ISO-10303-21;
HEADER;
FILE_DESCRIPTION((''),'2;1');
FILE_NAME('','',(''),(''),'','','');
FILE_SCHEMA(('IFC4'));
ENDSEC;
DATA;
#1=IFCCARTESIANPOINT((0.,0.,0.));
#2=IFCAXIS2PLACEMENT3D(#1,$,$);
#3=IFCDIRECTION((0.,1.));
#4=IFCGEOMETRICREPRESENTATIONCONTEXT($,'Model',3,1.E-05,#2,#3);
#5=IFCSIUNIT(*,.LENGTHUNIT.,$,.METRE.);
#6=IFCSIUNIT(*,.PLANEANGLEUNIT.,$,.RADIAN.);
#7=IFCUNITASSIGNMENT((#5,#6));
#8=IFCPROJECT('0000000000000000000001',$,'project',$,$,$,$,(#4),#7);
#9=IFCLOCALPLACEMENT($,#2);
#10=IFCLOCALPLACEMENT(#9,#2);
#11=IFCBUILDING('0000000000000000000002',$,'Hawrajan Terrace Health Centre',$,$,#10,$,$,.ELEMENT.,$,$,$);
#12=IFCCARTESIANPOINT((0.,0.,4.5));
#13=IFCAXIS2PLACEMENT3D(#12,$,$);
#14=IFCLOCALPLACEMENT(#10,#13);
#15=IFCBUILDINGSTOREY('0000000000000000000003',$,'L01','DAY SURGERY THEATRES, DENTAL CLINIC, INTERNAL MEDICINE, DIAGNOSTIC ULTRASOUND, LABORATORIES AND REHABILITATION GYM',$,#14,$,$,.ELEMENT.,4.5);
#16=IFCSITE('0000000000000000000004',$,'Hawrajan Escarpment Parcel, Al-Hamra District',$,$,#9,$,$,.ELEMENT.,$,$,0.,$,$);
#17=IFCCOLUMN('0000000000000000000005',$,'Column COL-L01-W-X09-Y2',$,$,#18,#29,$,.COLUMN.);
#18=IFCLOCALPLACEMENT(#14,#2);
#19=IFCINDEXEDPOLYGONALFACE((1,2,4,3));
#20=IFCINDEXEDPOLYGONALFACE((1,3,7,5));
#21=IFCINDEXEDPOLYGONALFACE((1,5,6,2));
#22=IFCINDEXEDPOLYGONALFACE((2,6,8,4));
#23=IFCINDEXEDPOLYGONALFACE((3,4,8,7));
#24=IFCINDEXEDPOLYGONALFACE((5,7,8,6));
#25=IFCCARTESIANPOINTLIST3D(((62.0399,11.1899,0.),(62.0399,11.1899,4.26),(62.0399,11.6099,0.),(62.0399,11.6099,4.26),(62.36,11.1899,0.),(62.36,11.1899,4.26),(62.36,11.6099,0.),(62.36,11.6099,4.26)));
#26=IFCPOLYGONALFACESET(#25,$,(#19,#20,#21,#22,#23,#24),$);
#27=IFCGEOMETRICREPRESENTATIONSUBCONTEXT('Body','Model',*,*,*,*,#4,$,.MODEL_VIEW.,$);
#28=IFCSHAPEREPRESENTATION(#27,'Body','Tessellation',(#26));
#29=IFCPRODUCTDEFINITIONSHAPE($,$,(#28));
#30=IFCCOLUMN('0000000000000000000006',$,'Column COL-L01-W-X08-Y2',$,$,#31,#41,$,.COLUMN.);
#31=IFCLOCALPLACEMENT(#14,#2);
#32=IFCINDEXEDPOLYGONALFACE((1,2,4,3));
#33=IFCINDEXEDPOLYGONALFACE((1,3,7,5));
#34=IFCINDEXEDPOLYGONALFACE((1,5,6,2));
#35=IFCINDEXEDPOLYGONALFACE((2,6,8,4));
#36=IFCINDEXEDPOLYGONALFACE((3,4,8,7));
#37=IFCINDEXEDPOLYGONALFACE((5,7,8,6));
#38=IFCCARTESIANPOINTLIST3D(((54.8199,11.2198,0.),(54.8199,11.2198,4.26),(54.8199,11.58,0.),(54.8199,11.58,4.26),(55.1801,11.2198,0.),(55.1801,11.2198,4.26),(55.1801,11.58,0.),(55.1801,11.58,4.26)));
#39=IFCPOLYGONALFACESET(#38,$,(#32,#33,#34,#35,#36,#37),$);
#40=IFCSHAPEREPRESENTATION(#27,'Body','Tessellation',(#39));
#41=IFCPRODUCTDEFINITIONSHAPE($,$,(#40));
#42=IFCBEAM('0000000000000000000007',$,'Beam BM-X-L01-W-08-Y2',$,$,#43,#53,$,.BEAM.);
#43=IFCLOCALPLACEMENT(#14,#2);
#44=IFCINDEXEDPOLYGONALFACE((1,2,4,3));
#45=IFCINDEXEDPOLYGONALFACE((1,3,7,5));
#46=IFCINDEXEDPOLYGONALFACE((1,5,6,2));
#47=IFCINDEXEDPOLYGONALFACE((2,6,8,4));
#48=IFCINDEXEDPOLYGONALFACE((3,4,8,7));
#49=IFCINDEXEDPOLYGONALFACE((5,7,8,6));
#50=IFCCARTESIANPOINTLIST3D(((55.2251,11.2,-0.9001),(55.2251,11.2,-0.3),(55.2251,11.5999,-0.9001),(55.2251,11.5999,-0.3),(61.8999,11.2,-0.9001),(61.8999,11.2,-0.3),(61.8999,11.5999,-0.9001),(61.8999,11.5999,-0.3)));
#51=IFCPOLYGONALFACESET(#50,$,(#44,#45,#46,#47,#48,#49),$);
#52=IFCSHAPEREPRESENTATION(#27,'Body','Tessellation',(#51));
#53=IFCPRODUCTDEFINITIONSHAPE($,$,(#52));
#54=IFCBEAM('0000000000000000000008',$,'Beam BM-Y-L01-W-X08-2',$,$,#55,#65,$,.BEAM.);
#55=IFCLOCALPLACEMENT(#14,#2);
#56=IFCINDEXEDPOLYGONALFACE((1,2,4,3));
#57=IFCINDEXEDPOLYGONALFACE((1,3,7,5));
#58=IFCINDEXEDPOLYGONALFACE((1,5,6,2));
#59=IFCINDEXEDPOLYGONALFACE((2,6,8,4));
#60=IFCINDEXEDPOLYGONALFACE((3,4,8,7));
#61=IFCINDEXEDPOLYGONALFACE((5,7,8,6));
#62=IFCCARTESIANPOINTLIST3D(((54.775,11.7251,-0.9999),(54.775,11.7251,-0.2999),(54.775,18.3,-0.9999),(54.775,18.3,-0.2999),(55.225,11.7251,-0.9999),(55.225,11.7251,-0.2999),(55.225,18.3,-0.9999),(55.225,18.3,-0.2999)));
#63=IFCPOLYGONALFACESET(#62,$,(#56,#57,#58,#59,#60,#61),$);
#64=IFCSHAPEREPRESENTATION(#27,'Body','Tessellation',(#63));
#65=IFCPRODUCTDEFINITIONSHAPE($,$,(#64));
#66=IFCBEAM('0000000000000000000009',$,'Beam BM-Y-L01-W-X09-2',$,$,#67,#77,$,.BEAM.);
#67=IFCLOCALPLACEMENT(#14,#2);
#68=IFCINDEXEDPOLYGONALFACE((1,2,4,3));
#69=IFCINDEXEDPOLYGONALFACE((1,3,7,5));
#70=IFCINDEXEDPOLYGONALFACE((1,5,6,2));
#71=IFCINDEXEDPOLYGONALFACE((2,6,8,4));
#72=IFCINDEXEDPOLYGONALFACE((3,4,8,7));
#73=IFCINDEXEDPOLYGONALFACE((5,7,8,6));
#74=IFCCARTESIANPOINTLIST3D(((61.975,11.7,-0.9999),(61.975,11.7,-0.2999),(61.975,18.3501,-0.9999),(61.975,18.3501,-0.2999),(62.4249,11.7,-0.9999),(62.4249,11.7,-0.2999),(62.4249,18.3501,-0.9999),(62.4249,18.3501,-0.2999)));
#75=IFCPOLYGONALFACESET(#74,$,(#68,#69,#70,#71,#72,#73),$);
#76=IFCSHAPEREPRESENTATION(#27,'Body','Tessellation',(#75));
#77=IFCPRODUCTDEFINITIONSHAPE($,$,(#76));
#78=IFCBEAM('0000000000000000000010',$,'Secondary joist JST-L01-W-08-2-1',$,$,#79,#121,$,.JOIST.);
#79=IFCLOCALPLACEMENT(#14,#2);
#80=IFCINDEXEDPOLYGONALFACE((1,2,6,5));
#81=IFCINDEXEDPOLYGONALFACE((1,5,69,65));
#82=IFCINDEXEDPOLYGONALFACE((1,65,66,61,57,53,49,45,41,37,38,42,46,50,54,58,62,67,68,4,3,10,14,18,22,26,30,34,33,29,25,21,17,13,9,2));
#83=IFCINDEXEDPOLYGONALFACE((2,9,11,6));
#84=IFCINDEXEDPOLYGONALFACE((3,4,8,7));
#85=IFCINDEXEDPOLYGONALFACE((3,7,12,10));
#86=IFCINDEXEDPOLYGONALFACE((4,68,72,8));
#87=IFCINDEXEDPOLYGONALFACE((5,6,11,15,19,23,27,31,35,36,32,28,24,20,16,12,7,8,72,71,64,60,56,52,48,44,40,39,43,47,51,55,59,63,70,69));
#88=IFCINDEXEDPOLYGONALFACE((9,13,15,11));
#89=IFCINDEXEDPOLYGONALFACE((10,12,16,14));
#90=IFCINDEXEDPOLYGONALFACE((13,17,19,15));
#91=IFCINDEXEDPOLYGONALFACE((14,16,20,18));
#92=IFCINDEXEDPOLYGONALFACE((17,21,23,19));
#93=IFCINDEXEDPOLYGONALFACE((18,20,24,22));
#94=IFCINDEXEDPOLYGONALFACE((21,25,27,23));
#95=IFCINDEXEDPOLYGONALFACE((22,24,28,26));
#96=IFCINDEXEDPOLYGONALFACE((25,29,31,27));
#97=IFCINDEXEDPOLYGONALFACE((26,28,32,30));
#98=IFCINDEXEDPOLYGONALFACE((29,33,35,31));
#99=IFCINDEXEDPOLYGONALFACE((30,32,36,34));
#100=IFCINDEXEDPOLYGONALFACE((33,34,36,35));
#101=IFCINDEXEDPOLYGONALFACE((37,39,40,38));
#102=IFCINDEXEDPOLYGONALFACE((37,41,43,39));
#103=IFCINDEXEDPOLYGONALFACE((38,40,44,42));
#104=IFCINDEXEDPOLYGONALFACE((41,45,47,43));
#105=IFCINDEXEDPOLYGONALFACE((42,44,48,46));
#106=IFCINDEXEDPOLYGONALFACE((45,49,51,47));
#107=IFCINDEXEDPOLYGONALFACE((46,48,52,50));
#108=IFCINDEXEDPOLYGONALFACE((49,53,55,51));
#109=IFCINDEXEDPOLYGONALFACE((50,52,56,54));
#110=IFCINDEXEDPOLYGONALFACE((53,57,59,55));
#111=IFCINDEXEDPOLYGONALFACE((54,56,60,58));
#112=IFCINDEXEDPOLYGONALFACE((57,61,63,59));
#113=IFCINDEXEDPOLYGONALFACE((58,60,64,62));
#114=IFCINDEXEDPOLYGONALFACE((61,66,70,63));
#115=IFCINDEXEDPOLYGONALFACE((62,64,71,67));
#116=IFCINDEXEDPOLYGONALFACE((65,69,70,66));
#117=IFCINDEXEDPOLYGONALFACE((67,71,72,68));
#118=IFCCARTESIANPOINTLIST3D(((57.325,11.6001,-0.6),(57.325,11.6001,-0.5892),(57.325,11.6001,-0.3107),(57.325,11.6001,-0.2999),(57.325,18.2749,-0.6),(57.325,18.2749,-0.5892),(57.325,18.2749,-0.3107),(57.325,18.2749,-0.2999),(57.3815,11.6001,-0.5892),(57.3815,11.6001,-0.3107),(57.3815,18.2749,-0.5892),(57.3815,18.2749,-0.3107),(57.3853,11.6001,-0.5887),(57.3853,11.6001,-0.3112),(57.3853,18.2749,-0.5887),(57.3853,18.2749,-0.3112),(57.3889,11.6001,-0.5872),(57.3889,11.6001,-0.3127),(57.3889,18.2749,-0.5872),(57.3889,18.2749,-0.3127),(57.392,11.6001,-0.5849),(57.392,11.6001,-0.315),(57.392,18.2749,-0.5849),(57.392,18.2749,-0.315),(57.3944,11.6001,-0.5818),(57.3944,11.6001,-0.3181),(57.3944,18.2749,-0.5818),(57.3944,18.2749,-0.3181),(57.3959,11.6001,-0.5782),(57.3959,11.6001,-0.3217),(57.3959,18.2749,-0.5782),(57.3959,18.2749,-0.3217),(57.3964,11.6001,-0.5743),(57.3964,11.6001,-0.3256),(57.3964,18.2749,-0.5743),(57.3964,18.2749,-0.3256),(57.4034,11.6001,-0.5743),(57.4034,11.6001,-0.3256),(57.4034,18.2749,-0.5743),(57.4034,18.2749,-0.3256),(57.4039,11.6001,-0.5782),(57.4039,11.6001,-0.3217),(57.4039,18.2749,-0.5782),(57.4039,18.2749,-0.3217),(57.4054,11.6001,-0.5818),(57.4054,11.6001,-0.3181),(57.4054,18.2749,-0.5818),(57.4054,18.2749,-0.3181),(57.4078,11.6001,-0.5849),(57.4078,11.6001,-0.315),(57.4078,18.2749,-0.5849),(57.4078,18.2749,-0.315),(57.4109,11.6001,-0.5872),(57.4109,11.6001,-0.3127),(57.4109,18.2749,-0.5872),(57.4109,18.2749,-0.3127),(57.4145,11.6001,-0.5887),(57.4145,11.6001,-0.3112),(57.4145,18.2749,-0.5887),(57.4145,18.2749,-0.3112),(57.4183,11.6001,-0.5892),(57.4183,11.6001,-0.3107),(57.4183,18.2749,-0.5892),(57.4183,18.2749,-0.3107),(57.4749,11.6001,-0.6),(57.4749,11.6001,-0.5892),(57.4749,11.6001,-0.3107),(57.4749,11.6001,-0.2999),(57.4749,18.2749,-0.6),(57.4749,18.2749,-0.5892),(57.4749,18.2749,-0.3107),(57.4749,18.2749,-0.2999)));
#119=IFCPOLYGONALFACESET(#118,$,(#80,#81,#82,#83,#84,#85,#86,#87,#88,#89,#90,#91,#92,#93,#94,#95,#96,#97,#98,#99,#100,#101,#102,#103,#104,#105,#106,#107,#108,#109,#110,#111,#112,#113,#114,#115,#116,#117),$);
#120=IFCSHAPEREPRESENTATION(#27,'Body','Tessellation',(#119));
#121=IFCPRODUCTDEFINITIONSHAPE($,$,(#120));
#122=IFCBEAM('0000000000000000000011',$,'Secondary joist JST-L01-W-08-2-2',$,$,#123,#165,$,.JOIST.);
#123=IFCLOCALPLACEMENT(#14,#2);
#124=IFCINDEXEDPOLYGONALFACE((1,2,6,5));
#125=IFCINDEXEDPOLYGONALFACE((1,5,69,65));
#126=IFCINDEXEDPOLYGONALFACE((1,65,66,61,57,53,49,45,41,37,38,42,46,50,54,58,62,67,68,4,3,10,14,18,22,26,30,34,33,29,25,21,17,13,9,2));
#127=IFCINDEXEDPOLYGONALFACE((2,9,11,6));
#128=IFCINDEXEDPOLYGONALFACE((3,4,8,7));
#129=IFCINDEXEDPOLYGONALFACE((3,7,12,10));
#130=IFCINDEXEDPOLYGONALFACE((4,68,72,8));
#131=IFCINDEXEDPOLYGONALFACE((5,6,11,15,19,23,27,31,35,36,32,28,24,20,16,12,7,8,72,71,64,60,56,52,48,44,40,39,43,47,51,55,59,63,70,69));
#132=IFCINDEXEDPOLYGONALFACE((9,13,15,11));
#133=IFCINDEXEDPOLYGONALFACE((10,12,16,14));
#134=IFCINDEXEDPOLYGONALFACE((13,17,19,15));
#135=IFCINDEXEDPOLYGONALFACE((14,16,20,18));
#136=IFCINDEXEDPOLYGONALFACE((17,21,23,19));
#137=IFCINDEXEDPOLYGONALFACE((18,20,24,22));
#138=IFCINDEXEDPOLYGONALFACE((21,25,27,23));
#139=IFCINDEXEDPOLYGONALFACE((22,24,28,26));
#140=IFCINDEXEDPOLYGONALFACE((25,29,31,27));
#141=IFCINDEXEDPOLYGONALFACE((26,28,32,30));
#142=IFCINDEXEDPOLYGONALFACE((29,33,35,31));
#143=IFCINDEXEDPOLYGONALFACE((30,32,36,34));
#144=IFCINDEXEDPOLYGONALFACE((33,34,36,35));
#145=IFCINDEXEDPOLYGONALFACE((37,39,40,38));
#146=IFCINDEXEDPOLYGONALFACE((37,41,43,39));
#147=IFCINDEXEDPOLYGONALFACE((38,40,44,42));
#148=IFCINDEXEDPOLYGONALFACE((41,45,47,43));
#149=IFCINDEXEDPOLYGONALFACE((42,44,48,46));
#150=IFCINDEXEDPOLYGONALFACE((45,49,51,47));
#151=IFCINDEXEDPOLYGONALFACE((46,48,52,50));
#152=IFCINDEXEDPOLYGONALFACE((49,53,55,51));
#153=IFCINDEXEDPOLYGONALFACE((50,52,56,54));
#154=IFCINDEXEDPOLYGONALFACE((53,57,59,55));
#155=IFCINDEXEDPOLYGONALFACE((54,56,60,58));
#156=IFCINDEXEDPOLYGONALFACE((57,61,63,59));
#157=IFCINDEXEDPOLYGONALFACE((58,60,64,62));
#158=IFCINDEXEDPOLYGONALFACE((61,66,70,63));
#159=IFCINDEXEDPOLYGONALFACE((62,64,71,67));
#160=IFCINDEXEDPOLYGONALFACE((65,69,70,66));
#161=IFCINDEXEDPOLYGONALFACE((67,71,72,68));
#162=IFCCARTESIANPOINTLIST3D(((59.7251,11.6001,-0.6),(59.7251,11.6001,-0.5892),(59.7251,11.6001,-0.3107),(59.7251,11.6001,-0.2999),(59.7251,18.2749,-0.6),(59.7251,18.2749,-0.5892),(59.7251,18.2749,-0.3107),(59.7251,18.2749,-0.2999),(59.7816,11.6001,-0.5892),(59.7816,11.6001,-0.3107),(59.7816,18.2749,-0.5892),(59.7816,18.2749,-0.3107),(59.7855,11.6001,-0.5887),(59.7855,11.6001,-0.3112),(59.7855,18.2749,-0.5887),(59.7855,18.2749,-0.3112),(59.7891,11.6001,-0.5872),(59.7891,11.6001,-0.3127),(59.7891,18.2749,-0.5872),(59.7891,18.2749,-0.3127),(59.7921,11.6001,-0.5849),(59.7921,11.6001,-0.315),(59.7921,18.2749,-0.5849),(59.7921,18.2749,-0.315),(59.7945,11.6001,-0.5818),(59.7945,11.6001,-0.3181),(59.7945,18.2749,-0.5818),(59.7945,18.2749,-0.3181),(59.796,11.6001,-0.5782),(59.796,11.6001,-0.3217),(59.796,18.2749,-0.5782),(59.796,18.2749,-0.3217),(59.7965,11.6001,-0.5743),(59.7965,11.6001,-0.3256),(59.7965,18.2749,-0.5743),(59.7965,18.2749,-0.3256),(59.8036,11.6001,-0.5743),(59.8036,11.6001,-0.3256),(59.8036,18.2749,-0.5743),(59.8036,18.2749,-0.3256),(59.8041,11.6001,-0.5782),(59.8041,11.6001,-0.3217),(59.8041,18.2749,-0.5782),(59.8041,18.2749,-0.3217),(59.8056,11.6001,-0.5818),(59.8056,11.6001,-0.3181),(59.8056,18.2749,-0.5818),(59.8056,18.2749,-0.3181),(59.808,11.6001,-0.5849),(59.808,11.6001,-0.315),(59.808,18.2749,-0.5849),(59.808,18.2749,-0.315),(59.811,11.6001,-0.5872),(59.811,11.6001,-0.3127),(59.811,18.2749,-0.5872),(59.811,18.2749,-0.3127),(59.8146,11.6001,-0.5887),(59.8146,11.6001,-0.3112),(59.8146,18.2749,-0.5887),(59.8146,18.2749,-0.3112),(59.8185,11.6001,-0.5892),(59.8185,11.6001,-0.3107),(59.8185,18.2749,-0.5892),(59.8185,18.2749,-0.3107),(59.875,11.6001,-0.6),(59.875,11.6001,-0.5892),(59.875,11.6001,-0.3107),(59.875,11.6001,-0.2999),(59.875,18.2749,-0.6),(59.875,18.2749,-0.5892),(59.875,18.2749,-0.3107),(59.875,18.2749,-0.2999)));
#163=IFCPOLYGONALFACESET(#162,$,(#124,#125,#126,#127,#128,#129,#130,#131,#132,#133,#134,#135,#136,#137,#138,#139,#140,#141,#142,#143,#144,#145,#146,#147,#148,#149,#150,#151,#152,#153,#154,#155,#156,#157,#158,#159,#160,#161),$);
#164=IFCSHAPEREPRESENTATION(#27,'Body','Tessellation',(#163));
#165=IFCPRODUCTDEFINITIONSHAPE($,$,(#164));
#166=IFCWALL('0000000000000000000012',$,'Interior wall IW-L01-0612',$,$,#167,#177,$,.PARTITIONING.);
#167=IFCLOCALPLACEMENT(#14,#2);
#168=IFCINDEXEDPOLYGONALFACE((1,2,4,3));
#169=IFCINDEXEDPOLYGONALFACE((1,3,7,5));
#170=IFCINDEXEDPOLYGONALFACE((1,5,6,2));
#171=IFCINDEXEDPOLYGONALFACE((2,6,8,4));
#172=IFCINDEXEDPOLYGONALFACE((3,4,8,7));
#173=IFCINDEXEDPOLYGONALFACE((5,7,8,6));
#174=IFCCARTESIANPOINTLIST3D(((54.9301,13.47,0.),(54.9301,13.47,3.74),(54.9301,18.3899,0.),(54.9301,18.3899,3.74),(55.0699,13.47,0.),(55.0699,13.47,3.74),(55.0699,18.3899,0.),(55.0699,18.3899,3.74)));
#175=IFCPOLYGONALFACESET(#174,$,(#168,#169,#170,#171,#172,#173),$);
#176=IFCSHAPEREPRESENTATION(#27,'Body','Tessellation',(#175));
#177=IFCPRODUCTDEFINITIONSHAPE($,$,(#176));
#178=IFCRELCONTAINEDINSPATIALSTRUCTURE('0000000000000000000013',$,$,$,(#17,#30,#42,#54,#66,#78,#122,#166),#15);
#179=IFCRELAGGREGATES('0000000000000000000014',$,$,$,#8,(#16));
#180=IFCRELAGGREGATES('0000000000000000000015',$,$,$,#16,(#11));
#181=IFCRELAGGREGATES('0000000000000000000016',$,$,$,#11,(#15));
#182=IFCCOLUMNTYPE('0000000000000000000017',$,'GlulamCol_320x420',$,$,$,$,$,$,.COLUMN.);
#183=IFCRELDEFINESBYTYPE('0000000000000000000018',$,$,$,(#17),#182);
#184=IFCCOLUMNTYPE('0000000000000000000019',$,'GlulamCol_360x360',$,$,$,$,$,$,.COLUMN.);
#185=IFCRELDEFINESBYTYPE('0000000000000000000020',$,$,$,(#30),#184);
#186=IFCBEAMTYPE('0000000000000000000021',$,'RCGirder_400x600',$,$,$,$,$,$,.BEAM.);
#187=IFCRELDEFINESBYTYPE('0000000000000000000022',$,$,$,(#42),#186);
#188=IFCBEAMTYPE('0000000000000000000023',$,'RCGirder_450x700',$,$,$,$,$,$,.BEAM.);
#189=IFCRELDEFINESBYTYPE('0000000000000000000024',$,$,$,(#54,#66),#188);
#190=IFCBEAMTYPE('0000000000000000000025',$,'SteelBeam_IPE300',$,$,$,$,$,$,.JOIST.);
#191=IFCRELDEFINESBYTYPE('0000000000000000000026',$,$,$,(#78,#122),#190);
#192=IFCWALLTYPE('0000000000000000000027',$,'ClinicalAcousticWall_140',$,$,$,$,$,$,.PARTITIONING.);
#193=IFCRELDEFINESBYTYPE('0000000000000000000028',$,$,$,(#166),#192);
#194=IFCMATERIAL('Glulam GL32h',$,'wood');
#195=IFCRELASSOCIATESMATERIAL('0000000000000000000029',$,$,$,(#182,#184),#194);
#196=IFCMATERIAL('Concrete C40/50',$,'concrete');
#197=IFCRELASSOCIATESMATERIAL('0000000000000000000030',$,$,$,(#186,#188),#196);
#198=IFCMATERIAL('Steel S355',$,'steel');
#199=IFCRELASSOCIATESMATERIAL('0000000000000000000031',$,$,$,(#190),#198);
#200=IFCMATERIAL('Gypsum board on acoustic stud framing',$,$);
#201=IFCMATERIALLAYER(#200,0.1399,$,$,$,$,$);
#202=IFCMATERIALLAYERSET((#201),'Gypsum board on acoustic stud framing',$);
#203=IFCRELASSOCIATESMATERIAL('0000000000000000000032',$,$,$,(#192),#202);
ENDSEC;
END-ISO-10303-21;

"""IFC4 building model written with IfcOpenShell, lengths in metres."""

from ifc_helpers import new_model, si_unit, direction, frame, frame_2d, origin, origin_2d, place, context, subcontext, project, spatial, rectangle, i_section, extrude, material, layer, layer_set, material_profile, profile_set, type_object, element, save


model = new_model("IFC4")

# Units and contexts
model_context = context("Model", 3, precision=1e-05, world=origin(), true_north=direction((0.0, 1.0)))
body_context = subcontext(model_context, "Body", "Model", "MODEL_VIEW")
ifc_project = project(units=[si_unit("LENGTHUNIT", "METRE"), si_unit("PLANEANGLEUNIT", "RADIAN")], contexts=[model_context])

# Site, building, storey
site_placement = place(None, origin())
site = spatial("IfcSite", under=ifc_project, at=site_placement, Name="Hawrajan Escarpment Parcel, Al-Hamra District", CompositionType="ELEMENT", RefElevation=0.0)
building_placement = place(site_placement, origin())
building = spatial("IfcBuilding", under=site, at=building_placement, Name="Hawrajan Terrace Health Centre", CompositionType="ELEMENT")
storey_placement = place(building_placement, frame((0.0, 0.0, 4.5)))
storey = spatial("IfcBuildingStorey", under=building, at=storey_placement, Name="L01", Description="DAY SURGERY THEATRES, DENTAL CLINIC, INTERNAL MEDICINE, DIAGNOSTIC ULTRASOUND, LABORATORIES AND REHABILITATION GYM", CompositionType="ELEMENT", Elevation=4.5)

# Columns
ifc_material_1 = material(Name="Glulam GL32h", Category="wood")
ifc_material_profile_1 = material_profile(ifc_material_1, rectangle(XDim=0.3201, YDim=0.4199, at=origin_2d()), Name="GL 320x420")
ifc_profile_set_1 = profile_set([ifc_material_profile_1], Name="Glulam GL32h")
column_type_1 = type_object("IfcColumnType", Name="GlulamCol_320x420", PredefinedType="COLUMN", material=ifc_profile_set_1)
column_1_placement = place(storey_placement, frame((62.2, 11.3999, 0.0), z_axis=(0.0, 0.0, 1.0), x_axis=(1.0, 0.0, 0.0)))
element("IfcColumn", 1, at=column_1_placement, inside=storey, type_object=column_type_1, Name="Column COL-L01-W-X09-Y2", PredefinedType="COLUMN", context=body_context, shape_type="SweptSolid", body=[
    extrude(rectangle(XDim=0.3201, YDim=0.4199, at=origin_2d()), origin(), (0.0, 0.0, 1.0), 4.26),
])
ifc_material_profile_2 = material_profile(ifc_material_1, rectangle(XDim=0.3601, YDim=0.3601, at=origin_2d()), Name="GL 360x360")
ifc_profile_set_2 = profile_set([ifc_material_profile_2], Name="Glulam GL32h")
column_type_2 = type_object("IfcColumnType", Name="GlulamCol_360x360", PredefinedType="COLUMN", material=ifc_profile_set_2)
column_2_placement = place(storey_placement, frame((55.0, 11.3999, 0.0), z_axis=(0.0, 0.0, 1.0), x_axis=(1.0, 0.0, 0.0)))
element("IfcColumn", 2, at=column_2_placement, inside=storey, type_object=column_type_2, Name="Column COL-L01-W-X08-Y2", PredefinedType="COLUMN", context=body_context, shape_type="SweptSolid", body=[
    extrude(rectangle(XDim=0.3601, YDim=0.3601, at=origin_2d()), origin(), (0.0, 0.0, 1.0), 4.26),
])

# Beams
ifc_material_2 = material(Name="Concrete C40/50", Category="concrete")
ifc_material_profile_3 = material_profile(ifc_material_2, rectangle(XDim=0.3999, YDim=0.6001, at=origin_2d()), Name="RC BM 400x600")
ifc_profile_set_3 = profile_set([ifc_material_profile_3], Name="Concrete C40/50")
beam_type_1 = type_object("IfcBeamType", Name="RCGirder_400x600", PredefinedType="BEAM", material=ifc_profile_set_3)
beam_1_placement = place(storey_placement, frame((55.2251, 11.3999, -0.6001), z_axis=(1.0, 0.0, 0.0), x_axis=(0.0, 1.0, 0.0)))
element("IfcBeam", 3, at=beam_1_placement, inside=storey, type_object=beam_type_1, Name="Beam BM-X-L01-W-08-Y2", PredefinedType="BEAM", context=body_context, shape_type="SweptSolid", body=[
    extrude(rectangle(XDim=0.3999, YDim=0.6001, at=origin_2d()), origin(), (0.0, 0.0, 1.0), 6.6748),
])
ifc_material_profile_4 = material_profile(ifc_material_2, rectangle(XDim=0.45, YDim=0.7, at=origin_2d()), Name="RC BM 450x700")
ifc_profile_set_4 = profile_set([ifc_material_profile_4], Name="Concrete C40/50")
beam_type_2 = type_object("IfcBeamType", Name="RCGirder_450x700", PredefinedType="BEAM", material=ifc_profile_set_4)
beam_2_placement = place(storey_placement, frame((55.0, 11.7251, -0.6499), z_axis=(0.0, 1.0, 0.0), x_axis=(-1.0, 0.0, 0.0)))
element("IfcBeam", 4, at=beam_2_placement, inside=storey, type_object=beam_type_2, Name="Beam BM-Y-L01-W-X08-2", PredefinedType="BEAM", context=body_context, shape_type="SweptSolid", body=[
    extrude(rectangle(XDim=0.45, YDim=0.7, at=origin_2d()), origin(), (0.0, 0.0, 1.0), 6.575),
])
beam_3_placement = place(storey_placement, frame((62.2, 11.7, -0.6499), z_axis=(0.0, 1.0, 0.0), x_axis=(-1.0, 0.0, 0.0)))
element("IfcBeam", 5, at=beam_3_placement, inside=storey, type_object=beam_type_2, Name="Beam BM-Y-L01-W-X09-2", PredefinedType="BEAM", context=body_context, shape_type="SweptSolid", body=[
    extrude(rectangle(XDim=0.45, YDim=0.7, at=origin_2d()), origin(), (0.0, 0.0, 1.0), 6.6501),
])
ifc_material_3 = material(Name="Steel S355", Category="steel")
ifc_material_profile_5 = material_profile(ifc_material_3, i_section(OverallWidth=0.1499, OverallDepth=0.3, WebThickness=0.0071, FlangeThickness=0.0107, FilletRadius=0.0149, at=origin_2d()), Name="IPE 300")
ifc_profile_set_5 = profile_set([ifc_material_profile_5], Name="Steel S355")
beam_type_3 = type_object("IfcBeamType", Name="SteelBeam_IPE300", PredefinedType="JOIST", material=ifc_profile_set_5)
for number, where, z_axis, x_axis, name in (
    (6, (57.3999, 11.6001, -0.45), (0.0, 1.0, 0.0), (-1.0, 0.0, 0.0), "Secondary joist JST-L01-W-08-2-1"),
    (7, (59.8, 11.6001, -0.45), (0.0, 1.0, 0.0), (-1.0, 0.0, 0.0), "Secondary joist JST-L01-W-08-2-2"),
):
    element("IfcBeam", number, at=place(storey_placement, frame(where, z_axis=z_axis, x_axis=x_axis)), inside=storey, type_object=beam_type_3, Name=name, PredefinedType="JOIST", context=body_context, shape_type="SweptSolid", body=[
        extrude(i_section(OverallWidth=0.1499, OverallDepth=0.3, WebThickness=0.0071, FlangeThickness=0.0107, FilletRadius=0.0149, at=origin_2d()), origin(), (0.0, 0.0, 1.0), 6.6748),
    ])

# Wall
ifc_material_4 = material(Name="Gypsum board on acoustic stud framing")
ifc_layer_1 = layer(ifc_material_4, 0.1399)
ifc_layer_set_1 = layer_set([ifc_layer_1], Name="Gypsum board on acoustic stud framing")
wall_type_1 = type_object("IfcWallType", Name="ClinicalAcousticWall_140", PredefinedType="PARTITIONING", material=ifc_layer_set_1)
wall_1_placement = place(storey_placement, frame((55.0, 13.47, 0.0), z_axis=(0.0, 0.0, 1.0), x_axis=(0.0, 1.0, 0.0)))
element("IfcWall", 8, at=wall_1_placement, inside=storey, type_object=wall_type_1, Name="Interior wall IW-L01-0612", PredefinedType="PARTITIONING", context=body_context, shape_type="SweptSolid", body=[
    extrude(rectangle(XDim=4.9199, YDim=0.1399, at=frame_2d((2.46, 0.0))), origin(), (0.0, 0.0, 1.0), 3.74),
])

save(model, "model.ifc")
